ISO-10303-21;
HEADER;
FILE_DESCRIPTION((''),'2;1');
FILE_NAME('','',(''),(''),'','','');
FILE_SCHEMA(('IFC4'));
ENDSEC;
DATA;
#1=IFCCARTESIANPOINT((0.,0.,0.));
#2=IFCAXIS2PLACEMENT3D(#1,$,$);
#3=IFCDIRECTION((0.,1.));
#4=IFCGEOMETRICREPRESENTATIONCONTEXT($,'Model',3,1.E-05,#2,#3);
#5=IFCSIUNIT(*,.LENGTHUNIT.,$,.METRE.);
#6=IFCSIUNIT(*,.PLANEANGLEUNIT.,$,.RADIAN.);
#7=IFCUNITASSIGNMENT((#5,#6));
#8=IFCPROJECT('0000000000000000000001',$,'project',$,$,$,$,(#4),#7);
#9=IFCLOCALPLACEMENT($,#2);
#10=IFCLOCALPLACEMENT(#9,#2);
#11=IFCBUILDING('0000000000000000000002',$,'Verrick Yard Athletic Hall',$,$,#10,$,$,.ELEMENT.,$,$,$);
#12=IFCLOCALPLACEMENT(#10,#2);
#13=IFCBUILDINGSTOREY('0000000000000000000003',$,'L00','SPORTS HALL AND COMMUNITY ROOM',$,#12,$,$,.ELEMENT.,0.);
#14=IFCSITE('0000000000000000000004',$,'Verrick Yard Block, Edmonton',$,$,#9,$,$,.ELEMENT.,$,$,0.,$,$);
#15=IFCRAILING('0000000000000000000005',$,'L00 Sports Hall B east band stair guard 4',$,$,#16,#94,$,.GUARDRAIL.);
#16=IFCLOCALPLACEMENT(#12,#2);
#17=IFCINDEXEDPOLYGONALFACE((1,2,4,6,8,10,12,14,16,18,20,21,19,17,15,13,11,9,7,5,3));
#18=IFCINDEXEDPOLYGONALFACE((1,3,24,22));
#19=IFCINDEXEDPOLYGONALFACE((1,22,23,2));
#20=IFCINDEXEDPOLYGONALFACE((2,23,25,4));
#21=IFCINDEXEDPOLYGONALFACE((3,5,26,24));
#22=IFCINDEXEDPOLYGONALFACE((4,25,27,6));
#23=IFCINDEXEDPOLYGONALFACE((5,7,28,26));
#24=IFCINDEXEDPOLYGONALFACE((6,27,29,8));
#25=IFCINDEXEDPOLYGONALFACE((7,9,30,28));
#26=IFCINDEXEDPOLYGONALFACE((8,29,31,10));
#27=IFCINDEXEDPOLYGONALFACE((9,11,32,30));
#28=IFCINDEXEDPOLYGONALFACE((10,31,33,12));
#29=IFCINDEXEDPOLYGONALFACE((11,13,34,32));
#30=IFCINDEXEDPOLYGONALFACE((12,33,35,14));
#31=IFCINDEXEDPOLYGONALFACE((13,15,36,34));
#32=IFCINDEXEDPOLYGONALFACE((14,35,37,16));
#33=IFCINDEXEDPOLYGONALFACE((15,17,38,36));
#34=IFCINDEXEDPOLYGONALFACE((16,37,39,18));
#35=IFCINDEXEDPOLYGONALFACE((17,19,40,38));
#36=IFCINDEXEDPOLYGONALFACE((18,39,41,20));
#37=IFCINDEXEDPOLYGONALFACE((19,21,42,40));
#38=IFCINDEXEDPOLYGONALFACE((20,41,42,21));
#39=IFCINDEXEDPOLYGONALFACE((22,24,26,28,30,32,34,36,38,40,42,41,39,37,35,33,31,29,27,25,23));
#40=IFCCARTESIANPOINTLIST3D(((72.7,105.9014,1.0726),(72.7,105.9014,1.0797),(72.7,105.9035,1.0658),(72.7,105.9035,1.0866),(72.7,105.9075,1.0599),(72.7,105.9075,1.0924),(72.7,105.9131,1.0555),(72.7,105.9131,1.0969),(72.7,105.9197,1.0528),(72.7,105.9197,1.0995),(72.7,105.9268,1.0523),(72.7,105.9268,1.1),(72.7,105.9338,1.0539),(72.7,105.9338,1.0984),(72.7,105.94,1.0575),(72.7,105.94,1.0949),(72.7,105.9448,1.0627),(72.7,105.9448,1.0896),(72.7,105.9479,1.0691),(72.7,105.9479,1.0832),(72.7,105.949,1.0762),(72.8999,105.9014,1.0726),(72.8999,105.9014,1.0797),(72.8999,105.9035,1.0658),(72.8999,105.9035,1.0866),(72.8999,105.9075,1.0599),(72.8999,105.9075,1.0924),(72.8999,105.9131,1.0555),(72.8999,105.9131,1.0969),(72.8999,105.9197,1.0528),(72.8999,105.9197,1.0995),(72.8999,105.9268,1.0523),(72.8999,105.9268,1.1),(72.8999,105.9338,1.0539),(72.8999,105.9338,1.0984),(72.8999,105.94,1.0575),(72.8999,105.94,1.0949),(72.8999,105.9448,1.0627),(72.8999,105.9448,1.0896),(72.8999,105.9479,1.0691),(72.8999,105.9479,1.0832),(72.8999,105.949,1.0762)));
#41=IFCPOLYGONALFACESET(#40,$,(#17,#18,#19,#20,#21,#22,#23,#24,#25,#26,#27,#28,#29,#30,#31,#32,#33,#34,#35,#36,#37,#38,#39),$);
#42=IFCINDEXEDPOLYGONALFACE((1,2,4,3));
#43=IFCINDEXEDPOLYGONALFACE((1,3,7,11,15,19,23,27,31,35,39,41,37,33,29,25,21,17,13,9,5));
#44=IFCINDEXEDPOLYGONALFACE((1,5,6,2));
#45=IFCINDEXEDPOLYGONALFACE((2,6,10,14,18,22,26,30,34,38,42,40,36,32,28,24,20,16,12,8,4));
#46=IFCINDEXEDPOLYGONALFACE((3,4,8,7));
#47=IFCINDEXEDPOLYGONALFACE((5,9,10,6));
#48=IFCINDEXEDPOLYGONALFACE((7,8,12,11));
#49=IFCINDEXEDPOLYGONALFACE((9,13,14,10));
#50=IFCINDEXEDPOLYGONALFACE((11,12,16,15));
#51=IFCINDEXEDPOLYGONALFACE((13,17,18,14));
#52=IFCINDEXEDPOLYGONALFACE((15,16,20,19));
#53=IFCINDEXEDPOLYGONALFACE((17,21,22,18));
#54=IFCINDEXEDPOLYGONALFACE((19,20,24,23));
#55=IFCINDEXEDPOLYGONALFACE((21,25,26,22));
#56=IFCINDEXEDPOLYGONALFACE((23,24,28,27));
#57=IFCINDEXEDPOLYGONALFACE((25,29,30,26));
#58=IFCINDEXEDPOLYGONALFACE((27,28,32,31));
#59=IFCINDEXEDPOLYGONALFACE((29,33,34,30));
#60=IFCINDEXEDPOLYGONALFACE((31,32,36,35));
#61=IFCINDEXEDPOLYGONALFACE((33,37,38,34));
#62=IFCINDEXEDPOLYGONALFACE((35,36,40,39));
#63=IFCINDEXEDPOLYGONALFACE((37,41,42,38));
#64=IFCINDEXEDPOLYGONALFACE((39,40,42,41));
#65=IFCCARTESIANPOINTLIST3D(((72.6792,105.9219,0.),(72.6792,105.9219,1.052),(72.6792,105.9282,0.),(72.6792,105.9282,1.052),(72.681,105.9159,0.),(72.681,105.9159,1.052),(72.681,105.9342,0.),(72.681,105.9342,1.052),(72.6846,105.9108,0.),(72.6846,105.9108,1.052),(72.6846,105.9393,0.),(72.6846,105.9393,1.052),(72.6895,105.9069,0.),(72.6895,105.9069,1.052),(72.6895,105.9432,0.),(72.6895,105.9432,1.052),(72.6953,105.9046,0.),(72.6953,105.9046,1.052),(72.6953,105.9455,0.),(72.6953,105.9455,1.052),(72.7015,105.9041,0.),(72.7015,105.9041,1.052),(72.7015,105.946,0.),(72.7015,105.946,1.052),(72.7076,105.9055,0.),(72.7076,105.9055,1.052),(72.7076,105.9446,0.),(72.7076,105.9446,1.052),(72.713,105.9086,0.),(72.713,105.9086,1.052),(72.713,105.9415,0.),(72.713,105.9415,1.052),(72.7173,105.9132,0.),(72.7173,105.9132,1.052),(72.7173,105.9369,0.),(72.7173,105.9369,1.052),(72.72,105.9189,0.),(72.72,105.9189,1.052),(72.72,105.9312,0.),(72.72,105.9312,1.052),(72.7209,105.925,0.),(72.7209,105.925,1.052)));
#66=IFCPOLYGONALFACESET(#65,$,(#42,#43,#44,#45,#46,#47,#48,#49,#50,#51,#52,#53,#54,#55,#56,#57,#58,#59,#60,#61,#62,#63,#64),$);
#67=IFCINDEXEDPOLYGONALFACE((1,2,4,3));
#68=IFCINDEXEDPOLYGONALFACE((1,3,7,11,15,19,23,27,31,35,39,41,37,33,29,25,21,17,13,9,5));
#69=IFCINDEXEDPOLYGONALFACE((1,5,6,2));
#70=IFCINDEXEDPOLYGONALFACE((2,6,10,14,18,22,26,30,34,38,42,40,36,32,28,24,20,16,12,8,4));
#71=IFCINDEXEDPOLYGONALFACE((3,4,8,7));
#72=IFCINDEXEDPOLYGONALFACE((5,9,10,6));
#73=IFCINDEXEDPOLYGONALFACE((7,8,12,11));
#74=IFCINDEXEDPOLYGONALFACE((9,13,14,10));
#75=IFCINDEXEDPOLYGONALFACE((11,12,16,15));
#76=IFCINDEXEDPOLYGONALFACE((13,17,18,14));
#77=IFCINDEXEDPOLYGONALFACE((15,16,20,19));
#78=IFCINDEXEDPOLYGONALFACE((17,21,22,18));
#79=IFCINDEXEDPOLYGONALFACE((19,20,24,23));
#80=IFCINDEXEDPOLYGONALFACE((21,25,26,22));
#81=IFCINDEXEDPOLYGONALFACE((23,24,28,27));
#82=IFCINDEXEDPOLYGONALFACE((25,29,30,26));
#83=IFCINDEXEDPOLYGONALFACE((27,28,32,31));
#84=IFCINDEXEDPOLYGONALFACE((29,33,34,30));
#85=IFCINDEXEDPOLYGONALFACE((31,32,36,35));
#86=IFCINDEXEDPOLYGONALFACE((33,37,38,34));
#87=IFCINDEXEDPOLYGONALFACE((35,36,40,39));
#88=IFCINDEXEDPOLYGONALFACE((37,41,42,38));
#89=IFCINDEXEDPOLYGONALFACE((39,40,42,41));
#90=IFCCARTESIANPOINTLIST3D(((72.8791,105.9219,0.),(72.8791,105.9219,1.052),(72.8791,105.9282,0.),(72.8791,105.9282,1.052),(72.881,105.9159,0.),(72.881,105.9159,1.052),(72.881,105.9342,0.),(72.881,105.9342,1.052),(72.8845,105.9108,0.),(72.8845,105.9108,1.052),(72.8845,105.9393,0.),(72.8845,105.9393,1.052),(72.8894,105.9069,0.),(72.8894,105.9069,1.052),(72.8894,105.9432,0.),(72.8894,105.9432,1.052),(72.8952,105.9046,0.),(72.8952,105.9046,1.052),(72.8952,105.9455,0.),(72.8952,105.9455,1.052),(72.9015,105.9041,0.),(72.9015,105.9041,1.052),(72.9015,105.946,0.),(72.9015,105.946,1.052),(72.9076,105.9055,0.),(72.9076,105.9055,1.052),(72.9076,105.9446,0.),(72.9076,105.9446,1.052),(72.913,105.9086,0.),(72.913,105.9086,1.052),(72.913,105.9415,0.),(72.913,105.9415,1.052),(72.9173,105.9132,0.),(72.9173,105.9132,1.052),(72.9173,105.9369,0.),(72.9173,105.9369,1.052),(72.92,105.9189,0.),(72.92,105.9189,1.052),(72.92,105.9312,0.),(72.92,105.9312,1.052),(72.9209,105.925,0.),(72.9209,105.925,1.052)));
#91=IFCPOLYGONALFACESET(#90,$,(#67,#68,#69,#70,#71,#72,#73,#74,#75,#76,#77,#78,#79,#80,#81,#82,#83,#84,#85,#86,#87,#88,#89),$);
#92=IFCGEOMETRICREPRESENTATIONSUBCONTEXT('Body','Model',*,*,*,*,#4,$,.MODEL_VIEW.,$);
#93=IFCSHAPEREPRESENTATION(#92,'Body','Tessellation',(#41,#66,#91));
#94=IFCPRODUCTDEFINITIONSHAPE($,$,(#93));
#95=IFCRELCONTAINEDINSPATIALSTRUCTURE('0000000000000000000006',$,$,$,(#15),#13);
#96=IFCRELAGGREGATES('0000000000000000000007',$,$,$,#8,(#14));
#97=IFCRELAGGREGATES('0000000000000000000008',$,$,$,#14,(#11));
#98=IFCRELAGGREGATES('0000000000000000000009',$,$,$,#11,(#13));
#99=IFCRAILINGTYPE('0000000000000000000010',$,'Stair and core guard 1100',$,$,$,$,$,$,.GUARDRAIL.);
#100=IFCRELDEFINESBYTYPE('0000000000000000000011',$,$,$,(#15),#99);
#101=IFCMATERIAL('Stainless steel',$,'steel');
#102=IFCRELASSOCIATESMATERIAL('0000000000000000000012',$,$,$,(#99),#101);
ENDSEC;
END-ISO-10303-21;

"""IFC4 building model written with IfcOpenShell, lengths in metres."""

from ifc_helpers import new_model, si_unit, direction, frame, origin, origin_2d, place, context, subcontext, project, spatial, circle, extrude, material, type_object, element, save


model = new_model("IFC4")

# Units and contexts
model_context = context("Model", 3, precision=1e-05, world=origin(), true_north=direction((0.0, 1.0)))
body_context = subcontext(model_context, "Body", "Model", "MODEL_VIEW")
ifc_project = project(units=[si_unit("LENGTHUNIT", "METRE"), si_unit("PLANEANGLEUNIT", "RADIAN")], contexts=[model_context])

# Site, building, storey
site_placement = place(None, origin())
site = spatial("IfcSite", under=ifc_project, at=site_placement, Name="Verrick Yard Block, Edmonton", CompositionType="ELEMENT", RefElevation=0.0)
building_placement = place(site_placement, origin())
building = spatial("IfcBuilding", under=site, at=building_placement, Name="Verrick Yard Athletic Hall", CompositionType="ELEMENT")
storey_placement = place(building_placement, origin())
storey = spatial("IfcBuildingStorey", under=building, at=storey_placement, Name="L00", Description="SPORTS HALL AND COMMUNITY ROOM", CompositionType="ELEMENT", Elevation=0.0)

# Railing
ifc_material_1 = material(Name="Stainless steel", Category="steel")
railing_type_1 = type_object("IfcRailingType", Name="Stair and core guard 1100", PredefinedType="GUARDRAIL", material=ifc_material_1)
railing_1_placement = place(storey_placement, frame((72.7, 105.925, 0.0)))
element("IfcRailing", 1, at=railing_1_placement, inside=storey, type_object=railing_type_1, Name="L00 Sports Hall B east band stair guard 4", PredefinedType="GUARDRAIL", context=body_context, shape_type="SweptSolid", body=[
    extrude(circle(Radius=0.0239, at=origin_2d()), frame((0.0, 0.0, 1.0762), z_axis=(1.0, 0.0, 0.0), x_axis=(0.0, 1.0, 0.0)), (0.0, 0.0, 1.0), 0.2),
    extrude(circle(Radius=0.021, at=origin_2d()), origin(), (0.0, 0.0, 1.0), 1.052),
    extrude(circle(Radius=0.021, at=origin_2d()), frame((0.2, 0.0, 0.0)), (0.0, 0.0, 1.0), 1.052),
])

save(model, "model.ifc")
